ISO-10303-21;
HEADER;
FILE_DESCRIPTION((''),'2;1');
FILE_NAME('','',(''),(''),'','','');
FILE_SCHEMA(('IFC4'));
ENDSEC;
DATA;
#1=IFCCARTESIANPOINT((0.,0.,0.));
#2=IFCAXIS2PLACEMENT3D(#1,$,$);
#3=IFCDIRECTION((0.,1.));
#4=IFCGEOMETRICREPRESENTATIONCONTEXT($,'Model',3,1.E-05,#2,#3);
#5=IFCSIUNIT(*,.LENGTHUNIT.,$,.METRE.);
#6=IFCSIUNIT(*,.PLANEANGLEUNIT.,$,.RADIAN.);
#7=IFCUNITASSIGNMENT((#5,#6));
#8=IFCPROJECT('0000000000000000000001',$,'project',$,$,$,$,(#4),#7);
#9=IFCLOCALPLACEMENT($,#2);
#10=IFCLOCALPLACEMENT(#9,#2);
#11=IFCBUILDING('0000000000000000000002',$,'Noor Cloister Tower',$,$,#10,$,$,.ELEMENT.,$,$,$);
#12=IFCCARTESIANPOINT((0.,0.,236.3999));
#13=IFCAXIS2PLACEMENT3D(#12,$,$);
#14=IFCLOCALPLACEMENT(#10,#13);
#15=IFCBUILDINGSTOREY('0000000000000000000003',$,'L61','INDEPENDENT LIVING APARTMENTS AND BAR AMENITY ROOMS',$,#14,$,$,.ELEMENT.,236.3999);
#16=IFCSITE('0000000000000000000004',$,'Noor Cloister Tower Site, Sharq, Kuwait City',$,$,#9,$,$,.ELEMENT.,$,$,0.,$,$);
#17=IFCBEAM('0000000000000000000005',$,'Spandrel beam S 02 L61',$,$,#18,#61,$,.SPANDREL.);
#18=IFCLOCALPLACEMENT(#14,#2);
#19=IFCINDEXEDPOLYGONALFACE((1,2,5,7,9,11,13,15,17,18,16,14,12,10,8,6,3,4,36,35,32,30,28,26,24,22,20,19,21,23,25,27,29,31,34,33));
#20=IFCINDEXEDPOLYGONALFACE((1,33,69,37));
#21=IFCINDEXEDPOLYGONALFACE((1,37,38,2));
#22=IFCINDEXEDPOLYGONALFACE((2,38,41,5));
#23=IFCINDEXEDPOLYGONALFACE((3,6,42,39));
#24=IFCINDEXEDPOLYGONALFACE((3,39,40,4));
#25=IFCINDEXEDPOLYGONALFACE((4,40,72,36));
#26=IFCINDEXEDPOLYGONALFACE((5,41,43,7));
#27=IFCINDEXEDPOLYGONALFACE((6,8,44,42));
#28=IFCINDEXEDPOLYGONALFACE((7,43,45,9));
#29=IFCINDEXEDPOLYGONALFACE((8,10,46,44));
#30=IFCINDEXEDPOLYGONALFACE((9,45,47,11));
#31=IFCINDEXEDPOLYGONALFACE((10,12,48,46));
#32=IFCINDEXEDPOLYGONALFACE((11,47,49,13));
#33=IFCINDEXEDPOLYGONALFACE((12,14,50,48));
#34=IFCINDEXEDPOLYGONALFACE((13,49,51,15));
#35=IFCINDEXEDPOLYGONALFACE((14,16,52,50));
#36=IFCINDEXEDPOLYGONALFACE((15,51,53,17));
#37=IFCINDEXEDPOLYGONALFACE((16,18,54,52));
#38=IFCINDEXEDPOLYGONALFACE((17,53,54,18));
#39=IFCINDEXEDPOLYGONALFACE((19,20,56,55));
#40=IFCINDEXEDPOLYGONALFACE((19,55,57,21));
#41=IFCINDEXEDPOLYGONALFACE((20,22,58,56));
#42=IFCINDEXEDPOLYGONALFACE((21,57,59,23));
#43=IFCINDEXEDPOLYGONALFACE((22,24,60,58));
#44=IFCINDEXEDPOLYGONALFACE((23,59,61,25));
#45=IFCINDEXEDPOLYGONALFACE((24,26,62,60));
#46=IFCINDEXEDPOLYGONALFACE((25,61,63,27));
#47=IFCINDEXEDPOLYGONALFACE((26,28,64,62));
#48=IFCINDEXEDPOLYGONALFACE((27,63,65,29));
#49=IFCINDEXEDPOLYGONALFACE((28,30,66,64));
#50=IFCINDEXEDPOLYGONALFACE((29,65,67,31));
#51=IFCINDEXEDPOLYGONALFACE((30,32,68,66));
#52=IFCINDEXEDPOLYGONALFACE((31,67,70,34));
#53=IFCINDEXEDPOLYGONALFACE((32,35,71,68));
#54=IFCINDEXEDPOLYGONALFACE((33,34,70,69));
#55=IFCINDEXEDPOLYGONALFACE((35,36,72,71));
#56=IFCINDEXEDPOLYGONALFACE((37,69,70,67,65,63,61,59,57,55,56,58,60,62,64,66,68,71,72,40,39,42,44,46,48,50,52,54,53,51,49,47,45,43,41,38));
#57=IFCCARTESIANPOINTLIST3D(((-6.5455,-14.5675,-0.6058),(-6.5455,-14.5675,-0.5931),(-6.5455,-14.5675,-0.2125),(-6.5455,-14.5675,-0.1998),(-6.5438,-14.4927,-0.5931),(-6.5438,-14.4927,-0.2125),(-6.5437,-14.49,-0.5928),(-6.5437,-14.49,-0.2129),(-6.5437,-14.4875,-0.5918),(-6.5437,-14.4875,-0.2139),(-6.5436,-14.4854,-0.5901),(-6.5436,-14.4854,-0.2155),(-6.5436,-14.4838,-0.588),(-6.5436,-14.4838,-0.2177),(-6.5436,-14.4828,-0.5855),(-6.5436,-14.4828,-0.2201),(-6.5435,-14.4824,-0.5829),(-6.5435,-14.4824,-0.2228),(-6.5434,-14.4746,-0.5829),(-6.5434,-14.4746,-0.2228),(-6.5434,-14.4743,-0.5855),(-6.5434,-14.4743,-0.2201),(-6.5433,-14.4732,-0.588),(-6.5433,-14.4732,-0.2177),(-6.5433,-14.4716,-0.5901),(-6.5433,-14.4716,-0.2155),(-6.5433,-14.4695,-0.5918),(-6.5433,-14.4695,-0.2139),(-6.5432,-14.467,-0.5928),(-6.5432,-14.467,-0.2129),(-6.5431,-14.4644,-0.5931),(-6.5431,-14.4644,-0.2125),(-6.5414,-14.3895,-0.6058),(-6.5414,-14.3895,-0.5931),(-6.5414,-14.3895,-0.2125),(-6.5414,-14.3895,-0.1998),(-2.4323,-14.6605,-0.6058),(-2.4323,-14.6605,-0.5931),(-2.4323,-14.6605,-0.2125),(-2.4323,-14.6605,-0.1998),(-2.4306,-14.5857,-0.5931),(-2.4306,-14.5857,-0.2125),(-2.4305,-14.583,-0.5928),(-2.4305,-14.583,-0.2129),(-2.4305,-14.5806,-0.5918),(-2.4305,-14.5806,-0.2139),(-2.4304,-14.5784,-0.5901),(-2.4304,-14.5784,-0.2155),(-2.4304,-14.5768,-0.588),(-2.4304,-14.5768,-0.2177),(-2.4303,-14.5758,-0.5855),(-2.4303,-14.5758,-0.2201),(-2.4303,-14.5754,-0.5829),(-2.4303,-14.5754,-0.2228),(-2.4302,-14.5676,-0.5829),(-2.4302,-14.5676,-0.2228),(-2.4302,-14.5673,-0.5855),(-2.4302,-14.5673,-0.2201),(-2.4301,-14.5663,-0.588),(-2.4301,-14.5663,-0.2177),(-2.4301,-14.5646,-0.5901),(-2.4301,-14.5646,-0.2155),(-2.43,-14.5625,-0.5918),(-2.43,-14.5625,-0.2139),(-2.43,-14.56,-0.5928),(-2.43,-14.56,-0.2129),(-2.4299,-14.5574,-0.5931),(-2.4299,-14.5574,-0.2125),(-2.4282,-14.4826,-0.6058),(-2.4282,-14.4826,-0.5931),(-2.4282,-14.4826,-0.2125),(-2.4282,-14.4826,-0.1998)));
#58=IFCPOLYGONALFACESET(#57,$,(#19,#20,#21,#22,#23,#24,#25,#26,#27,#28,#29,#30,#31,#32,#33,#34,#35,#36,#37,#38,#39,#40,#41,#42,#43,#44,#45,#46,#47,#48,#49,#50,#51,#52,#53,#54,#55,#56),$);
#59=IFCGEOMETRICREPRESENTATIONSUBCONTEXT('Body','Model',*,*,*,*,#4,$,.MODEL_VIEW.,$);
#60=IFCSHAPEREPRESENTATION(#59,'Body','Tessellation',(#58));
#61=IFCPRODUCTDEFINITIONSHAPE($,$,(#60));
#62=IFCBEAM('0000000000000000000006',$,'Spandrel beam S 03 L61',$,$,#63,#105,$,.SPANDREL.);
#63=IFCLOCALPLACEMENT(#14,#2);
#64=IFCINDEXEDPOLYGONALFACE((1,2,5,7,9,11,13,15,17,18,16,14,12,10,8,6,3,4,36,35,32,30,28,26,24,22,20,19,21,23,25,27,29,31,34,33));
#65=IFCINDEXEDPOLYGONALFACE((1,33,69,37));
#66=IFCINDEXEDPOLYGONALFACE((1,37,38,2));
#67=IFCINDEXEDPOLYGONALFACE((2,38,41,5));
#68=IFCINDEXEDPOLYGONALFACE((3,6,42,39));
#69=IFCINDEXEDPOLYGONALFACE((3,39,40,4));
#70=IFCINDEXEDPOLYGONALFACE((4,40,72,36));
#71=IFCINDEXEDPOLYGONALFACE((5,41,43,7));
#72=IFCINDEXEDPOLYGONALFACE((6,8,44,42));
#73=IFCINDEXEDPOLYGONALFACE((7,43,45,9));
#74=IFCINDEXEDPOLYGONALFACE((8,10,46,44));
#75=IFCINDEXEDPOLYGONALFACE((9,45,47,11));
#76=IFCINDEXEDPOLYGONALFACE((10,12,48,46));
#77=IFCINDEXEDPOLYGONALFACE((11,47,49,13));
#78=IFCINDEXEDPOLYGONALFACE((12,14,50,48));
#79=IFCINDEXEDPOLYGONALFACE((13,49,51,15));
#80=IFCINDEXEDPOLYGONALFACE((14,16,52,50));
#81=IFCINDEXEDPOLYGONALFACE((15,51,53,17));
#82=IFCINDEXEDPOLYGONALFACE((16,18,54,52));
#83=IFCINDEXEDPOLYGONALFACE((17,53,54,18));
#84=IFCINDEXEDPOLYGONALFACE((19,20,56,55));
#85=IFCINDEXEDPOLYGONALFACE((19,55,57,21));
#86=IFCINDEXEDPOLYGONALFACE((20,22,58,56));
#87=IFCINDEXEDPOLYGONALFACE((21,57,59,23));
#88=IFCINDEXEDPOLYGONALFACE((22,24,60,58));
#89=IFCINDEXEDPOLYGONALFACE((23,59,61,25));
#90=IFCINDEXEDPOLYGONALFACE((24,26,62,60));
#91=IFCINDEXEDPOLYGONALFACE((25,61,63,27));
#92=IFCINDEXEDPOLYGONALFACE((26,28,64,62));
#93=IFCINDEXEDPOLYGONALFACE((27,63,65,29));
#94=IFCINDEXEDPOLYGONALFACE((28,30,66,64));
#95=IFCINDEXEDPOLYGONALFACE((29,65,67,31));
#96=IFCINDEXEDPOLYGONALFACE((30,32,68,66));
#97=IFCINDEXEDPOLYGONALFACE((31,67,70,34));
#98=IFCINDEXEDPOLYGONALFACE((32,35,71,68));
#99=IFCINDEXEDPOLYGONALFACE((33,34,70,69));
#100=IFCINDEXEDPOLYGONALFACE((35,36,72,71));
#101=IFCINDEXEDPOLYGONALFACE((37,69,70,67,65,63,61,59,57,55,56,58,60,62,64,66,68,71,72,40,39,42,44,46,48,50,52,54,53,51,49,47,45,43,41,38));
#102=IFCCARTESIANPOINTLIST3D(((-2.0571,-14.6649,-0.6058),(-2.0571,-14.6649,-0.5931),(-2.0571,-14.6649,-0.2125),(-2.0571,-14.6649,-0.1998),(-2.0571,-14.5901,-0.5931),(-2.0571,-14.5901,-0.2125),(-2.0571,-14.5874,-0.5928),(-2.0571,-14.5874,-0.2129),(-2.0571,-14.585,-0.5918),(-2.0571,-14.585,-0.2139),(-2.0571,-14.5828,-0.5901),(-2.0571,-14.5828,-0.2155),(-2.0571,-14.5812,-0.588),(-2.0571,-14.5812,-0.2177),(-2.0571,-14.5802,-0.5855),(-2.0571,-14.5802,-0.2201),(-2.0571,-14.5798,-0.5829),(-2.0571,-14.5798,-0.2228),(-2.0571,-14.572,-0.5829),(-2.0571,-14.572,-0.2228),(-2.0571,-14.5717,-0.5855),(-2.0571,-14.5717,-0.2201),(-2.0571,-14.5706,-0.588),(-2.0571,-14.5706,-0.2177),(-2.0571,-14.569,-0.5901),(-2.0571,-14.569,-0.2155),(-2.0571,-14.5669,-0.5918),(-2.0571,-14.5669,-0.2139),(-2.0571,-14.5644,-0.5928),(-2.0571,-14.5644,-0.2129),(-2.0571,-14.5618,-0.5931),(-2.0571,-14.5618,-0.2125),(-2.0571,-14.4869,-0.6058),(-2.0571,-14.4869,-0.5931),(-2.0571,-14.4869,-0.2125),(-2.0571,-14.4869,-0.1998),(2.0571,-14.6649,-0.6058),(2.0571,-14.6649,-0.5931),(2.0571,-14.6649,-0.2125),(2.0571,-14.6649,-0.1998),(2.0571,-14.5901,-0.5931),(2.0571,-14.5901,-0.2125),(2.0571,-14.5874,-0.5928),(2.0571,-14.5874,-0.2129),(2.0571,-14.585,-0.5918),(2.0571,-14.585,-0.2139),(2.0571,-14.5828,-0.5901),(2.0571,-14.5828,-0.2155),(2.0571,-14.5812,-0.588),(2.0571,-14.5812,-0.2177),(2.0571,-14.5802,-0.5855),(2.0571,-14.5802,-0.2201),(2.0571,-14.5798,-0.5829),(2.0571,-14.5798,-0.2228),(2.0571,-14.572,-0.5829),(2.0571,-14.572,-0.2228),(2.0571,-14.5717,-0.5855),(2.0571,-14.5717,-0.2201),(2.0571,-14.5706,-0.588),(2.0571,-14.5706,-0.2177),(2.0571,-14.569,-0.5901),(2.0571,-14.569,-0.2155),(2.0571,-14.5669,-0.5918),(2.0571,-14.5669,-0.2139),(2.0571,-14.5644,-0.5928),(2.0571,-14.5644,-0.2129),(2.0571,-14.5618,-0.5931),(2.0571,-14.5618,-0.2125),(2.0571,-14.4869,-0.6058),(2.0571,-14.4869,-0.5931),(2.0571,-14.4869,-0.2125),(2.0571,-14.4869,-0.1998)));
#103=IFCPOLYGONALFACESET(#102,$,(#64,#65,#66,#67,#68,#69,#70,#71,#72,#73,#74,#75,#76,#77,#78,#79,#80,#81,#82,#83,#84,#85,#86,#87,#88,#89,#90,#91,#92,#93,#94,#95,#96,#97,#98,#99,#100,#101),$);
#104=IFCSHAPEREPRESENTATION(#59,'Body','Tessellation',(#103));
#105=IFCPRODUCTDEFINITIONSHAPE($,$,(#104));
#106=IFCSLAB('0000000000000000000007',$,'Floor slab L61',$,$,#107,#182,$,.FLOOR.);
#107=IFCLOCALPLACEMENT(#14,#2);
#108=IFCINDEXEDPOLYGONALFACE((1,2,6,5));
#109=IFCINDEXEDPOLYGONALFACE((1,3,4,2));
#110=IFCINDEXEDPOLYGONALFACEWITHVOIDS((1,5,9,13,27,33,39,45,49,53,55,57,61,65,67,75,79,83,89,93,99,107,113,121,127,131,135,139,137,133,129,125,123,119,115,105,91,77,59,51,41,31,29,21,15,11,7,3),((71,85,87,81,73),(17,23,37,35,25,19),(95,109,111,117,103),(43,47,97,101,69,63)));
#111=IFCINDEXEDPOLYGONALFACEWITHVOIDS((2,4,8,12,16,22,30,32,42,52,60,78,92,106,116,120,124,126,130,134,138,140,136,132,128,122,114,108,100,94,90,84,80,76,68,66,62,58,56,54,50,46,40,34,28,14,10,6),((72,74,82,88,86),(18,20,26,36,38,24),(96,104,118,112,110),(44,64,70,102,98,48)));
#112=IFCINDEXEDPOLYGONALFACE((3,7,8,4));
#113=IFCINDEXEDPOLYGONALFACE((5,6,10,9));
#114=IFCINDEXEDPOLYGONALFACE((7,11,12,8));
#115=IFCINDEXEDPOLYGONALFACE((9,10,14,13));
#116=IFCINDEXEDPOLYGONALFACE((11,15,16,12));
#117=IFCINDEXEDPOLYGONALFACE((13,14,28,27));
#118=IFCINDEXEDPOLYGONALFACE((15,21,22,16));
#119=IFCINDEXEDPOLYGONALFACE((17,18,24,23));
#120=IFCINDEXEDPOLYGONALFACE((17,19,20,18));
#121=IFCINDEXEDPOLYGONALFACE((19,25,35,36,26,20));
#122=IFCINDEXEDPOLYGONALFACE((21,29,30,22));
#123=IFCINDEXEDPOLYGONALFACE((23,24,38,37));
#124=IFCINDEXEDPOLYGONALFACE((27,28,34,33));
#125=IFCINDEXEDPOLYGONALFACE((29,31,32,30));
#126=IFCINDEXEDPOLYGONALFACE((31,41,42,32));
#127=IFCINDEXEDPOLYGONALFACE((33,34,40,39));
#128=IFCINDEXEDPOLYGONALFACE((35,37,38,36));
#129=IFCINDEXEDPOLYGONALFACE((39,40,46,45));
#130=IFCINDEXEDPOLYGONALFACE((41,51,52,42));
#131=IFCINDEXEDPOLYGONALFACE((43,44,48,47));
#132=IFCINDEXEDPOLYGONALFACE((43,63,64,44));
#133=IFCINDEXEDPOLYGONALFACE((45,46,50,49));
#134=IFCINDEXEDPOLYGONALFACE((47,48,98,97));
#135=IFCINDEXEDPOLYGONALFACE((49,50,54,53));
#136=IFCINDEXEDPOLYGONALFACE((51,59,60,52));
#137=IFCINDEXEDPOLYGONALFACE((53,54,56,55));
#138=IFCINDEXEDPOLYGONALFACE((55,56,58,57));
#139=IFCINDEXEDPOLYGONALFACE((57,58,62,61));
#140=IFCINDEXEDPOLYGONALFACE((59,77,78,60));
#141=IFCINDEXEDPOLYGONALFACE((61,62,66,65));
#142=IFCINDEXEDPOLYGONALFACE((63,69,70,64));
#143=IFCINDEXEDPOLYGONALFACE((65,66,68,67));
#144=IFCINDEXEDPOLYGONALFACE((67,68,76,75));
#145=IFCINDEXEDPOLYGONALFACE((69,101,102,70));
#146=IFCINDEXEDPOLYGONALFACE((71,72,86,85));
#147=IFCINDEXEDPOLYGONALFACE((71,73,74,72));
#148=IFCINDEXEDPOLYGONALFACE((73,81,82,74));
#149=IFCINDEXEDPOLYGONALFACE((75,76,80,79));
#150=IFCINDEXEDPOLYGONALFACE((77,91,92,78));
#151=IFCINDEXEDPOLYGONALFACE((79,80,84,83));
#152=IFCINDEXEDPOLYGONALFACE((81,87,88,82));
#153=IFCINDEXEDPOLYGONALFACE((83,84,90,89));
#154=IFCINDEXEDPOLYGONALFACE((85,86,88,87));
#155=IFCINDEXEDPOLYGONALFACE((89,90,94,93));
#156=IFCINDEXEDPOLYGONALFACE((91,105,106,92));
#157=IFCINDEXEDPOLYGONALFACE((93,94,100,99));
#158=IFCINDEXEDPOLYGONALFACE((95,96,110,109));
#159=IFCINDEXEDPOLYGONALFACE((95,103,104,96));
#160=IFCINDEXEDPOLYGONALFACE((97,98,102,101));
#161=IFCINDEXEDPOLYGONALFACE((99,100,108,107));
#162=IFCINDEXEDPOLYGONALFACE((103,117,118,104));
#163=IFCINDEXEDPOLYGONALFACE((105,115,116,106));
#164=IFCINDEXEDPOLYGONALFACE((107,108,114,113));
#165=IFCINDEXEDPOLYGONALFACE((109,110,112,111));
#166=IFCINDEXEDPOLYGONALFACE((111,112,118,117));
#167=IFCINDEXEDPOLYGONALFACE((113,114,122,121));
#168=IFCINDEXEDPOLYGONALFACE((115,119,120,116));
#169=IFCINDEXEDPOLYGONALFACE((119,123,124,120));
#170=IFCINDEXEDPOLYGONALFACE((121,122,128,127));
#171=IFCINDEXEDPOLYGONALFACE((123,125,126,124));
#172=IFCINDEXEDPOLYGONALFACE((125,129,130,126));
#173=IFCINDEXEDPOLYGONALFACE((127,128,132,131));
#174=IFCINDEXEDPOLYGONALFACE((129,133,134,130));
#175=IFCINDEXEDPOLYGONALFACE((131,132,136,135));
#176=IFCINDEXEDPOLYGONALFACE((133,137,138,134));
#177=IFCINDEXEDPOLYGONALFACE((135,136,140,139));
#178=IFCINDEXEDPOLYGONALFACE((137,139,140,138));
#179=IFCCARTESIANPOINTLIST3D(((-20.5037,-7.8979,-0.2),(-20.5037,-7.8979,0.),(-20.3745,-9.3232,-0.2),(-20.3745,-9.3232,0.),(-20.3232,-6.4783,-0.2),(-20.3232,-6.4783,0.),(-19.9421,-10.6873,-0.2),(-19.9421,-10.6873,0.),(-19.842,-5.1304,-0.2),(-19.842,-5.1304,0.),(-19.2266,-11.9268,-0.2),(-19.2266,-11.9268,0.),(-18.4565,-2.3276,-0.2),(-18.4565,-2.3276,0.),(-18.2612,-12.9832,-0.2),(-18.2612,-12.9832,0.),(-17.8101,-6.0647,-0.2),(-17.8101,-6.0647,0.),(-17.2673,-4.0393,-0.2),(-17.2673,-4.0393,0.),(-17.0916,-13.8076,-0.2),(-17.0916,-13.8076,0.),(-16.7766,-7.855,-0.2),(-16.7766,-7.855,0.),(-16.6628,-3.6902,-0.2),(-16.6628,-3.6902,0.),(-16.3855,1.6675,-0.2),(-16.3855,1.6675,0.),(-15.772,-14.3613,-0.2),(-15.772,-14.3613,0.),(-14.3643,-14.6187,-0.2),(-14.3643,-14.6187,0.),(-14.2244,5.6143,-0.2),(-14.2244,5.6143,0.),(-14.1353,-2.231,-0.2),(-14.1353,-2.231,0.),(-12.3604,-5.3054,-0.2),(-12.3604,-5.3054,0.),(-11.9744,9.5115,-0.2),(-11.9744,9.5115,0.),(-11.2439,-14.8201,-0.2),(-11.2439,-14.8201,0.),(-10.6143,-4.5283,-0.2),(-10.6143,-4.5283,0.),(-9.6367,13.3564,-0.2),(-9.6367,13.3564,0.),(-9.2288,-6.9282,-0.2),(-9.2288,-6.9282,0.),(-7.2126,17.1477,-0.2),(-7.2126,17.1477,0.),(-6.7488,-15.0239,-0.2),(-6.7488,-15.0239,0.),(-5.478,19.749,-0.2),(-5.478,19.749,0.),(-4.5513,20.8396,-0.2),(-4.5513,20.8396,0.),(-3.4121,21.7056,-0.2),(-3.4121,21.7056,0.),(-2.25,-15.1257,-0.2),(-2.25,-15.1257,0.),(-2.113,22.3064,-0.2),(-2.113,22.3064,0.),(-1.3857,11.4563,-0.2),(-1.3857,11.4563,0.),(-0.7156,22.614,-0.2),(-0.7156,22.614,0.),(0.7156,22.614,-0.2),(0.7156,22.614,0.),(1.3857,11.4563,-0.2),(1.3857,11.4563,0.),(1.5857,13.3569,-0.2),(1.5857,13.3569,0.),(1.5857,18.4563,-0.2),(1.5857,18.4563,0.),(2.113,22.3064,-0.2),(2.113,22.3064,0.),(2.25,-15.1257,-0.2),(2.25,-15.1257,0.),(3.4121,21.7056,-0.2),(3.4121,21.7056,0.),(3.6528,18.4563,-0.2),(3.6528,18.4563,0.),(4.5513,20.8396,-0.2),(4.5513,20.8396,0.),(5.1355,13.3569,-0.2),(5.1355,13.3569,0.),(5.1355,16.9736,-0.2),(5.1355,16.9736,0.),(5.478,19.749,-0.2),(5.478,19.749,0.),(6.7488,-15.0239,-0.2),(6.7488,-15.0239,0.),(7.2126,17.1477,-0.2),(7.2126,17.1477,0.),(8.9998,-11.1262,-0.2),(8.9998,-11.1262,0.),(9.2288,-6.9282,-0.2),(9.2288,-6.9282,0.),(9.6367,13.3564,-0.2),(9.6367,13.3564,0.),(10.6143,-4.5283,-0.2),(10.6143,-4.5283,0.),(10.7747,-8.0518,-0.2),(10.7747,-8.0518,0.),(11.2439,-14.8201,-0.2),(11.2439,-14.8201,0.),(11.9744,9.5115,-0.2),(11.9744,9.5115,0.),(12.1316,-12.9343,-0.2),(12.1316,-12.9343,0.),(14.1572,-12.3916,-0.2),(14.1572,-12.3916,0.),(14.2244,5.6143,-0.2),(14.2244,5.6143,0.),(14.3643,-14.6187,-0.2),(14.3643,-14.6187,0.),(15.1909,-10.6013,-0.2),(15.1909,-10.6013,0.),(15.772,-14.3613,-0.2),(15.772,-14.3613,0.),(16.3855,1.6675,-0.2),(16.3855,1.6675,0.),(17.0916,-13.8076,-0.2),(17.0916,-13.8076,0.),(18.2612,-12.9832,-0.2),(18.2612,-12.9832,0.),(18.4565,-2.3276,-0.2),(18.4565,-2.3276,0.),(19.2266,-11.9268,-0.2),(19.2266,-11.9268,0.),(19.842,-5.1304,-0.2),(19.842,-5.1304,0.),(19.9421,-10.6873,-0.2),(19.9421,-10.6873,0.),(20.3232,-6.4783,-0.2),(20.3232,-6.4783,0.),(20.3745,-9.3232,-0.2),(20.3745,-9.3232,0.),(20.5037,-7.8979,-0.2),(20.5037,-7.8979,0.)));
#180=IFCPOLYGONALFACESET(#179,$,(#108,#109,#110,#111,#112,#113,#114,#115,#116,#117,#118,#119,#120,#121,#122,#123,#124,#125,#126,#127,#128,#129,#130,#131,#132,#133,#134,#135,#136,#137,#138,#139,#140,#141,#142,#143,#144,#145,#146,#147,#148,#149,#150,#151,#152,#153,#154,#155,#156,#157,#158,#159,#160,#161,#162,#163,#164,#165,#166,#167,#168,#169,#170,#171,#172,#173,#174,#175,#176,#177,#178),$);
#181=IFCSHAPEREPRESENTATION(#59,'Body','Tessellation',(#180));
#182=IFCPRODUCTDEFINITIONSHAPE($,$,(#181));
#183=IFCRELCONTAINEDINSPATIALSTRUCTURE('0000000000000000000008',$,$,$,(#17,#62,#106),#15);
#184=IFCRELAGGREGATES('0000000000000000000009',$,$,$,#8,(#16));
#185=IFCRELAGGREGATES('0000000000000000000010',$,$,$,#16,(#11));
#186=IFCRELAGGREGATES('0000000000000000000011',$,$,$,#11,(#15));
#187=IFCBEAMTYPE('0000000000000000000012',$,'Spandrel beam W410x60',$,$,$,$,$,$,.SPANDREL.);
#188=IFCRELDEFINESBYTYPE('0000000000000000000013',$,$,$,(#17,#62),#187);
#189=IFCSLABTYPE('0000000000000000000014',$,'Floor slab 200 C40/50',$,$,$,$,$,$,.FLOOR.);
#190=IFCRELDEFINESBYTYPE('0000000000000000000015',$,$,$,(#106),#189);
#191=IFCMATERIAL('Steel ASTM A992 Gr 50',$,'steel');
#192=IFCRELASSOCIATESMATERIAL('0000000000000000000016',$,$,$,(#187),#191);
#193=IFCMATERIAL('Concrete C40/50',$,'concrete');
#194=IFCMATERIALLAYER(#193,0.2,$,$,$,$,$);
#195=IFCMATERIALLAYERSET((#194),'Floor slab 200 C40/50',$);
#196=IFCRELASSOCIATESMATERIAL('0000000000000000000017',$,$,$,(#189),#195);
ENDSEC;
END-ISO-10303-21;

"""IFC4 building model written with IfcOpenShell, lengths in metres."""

from ifc_helpers import new_model, si_unit, direction, frame, origin, origin_2d, place, context, subcontext, project, spatial, polyline, i_section, outline, extrude, material, layer, layer_set, material_profile, profile_set, type_object, element, save


model = new_model("IFC4")

# Units and contexts
model_context = context("Model", 3, precision=1e-05, world=origin(), true_north=direction((0.0, 1.0)))
body_context = subcontext(model_context, "Body", "Model", "MODEL_VIEW")
ifc_project = project(units=[si_unit("LENGTHUNIT", "METRE"), si_unit("PLANEANGLEUNIT", "RADIAN")], contexts=[model_context])

# Site, building, storey
site_placement = place(None, origin())
site = spatial("IfcSite", under=ifc_project, at=site_placement, Name="Noor Cloister Tower Site, Sharq, Kuwait City", CompositionType="ELEMENT", RefElevation=0.0)
building_placement = place(site_placement, origin())
building = spatial("IfcBuilding", under=site, at=building_placement, Name="Noor Cloister Tower", CompositionType="ELEMENT")
storey_placement = place(building_placement, frame((0.0, 0.0, 236.3999)))
storey = spatial("IfcBuildingStorey", under=building, at=storey_placement, Name="L61", Description="INDEPENDENT LIVING APARTMENTS AND BAR AMENITY ROOMS", CompositionType="ELEMENT", Elevation=236.3999)

# Beams
ifc_material_1 = material(Name="Steel ASTM A992 Gr 50", Category="steel")
ifc_material_profile_1 = material_profile(ifc_material_1, i_section(OverallWidth=0.178, OverallDepth=0.406, WebThickness=0.0078, FlangeThickness=0.0127, FilletRadius=0.0103, at=origin_2d()), Name="W410x60")
ifc_profile_set_1 = profile_set([ifc_material_profile_1], Name="Steel ASTM A992 Gr 50")
beam_type_1 = type_object("IfcBeamType", Name="Spandrel beam W410x60", PredefinedType="SPANDREL", material=ifc_profile_set_1)
for number, where, z_axis, x_axis, name in (
    (1, (-6.5435, -14.4785, -0.4028), (0.999744, -0.022608, 0.0), (0.022608, 0.999744, 0.0), "Spandrel beam S 02 L61"),
    (2, (-2.0571, -14.5759, -0.4028), (1.0, 0.0, 0.0), (0.0, 1.0, 0.0), "Spandrel beam S 03 L61"),
):
    element("IfcBeam", number, at=place(storey_placement, frame(where, z_axis=z_axis, x_axis=x_axis)), inside=storey, type_object=beam_type_1, Name=name, PredefinedType="SPANDREL", context=body_context, shape_type="SweptSolid", body=[
        extrude(i_section(OverallWidth=0.178, OverallDepth=0.406, WebThickness=0.0078, FlangeThickness=0.0127, FilletRadius=0.0103, at=origin_2d()), origin(), (0.0, 0.0, 1.0), 4.1143),
    ])

# Slab
ifc_material_2 = material(Name="Concrete C40/50", Category="concrete")
ifc_layer_1 = layer(ifc_material_2, 0.2)
ifc_layer_set_1 = layer_set([ifc_layer_1], Name="Floor slab 200 C40/50")
slab_type = type_object("IfcSlabType", Name="Floor slab 200 C40/50", PredefinedType="FLOOR", material=ifc_layer_set_1)
slab_placement = place(storey_placement, frame((0.0, 0.0, -0.2)))
element("IfcSlab", 3, at=slab_placement, inside=storey, type_object=slab_type, Name="Floor slab L61", PredefinedType="FLOOR", context=body_context, shape_type="SweptSolid", body=[
    extrude(outline(polyline([(5.478, 19.749), (4.5513, 20.8396), (3.4121, 21.7056), (2.113, 22.3064), (0.7156, 22.614), (-0.7156, 22.614), (-2.113, 22.3064), (-3.4121, 21.7056), (-4.5513, 20.8396), (-5.478, 19.749), (-7.2126, 17.1477), (-9.6367, 13.3564), (-11.9744, 9.5115), (-14.2244, 5.6143), (-16.3855, 1.6675), (-18.4565, -2.3276), (-19.842, -5.1304), (-20.3232, -6.4783), (-20.5037, -7.8979), (-20.3745, -9.3232), (-19.9421, -10.6873), (-19.2266, -11.9268), (-18.2612, -12.9832), (-17.0916, -13.8076), (-15.772, -14.3613), (-14.3643, -14.6187), (-11.2439, -14.8201), (-6.7488, -15.0239), (-2.25, -15.1257), (2.25, -15.1257), (6.7488, -15.0239), (11.2439, -14.8201), (14.3643, -14.6187), (15.772, -14.3613), (17.0916, -13.8076), (18.2612, -12.9832), (19.2266, -11.9268), (19.9421, -10.6873), (20.3745, -9.3232), (20.5037, -7.8979), (20.3232, -6.4783), (19.842, -5.1304), (18.4565, -2.3276), (16.3855, 1.6675), (14.2244, 5.6143), (11.9744, 9.5115), (9.6367, 13.3564), (7.2126, 17.1477), (5.478, 19.749)]), holes=[polyline([(8.9998, -11.1262), (12.1316, -12.9343), (14.1572, -12.3916), (15.1909, -10.6013), (10.7747, -8.0518), (8.9998, -11.1262)]), polyline([(-17.8101, -6.0647), (-16.7766, -7.855), (-12.3604, -5.3054), (-14.1353, -2.231), (-16.6628, -3.6902), (-17.2673, -4.0393), (-17.8101, -6.0647)]), polyline([(-10.6143, -4.5283), (-9.2288, -6.9282), (9.2288, -6.9282), (10.6143, -4.5283), (1.3857, 11.4563), (-1.3857, 11.4563), (-10.6143, -4.5283)]), polyline([(3.6528, 18.4563), (1.5857, 18.4563), (1.5857, 13.3569), (5.1355, 13.3569), (5.1355, 16.9736), (3.6528, 18.4563)])]), origin(), (0.0, 0.0, 1.0), 0.2),
])

save(model, "model.ifc")
